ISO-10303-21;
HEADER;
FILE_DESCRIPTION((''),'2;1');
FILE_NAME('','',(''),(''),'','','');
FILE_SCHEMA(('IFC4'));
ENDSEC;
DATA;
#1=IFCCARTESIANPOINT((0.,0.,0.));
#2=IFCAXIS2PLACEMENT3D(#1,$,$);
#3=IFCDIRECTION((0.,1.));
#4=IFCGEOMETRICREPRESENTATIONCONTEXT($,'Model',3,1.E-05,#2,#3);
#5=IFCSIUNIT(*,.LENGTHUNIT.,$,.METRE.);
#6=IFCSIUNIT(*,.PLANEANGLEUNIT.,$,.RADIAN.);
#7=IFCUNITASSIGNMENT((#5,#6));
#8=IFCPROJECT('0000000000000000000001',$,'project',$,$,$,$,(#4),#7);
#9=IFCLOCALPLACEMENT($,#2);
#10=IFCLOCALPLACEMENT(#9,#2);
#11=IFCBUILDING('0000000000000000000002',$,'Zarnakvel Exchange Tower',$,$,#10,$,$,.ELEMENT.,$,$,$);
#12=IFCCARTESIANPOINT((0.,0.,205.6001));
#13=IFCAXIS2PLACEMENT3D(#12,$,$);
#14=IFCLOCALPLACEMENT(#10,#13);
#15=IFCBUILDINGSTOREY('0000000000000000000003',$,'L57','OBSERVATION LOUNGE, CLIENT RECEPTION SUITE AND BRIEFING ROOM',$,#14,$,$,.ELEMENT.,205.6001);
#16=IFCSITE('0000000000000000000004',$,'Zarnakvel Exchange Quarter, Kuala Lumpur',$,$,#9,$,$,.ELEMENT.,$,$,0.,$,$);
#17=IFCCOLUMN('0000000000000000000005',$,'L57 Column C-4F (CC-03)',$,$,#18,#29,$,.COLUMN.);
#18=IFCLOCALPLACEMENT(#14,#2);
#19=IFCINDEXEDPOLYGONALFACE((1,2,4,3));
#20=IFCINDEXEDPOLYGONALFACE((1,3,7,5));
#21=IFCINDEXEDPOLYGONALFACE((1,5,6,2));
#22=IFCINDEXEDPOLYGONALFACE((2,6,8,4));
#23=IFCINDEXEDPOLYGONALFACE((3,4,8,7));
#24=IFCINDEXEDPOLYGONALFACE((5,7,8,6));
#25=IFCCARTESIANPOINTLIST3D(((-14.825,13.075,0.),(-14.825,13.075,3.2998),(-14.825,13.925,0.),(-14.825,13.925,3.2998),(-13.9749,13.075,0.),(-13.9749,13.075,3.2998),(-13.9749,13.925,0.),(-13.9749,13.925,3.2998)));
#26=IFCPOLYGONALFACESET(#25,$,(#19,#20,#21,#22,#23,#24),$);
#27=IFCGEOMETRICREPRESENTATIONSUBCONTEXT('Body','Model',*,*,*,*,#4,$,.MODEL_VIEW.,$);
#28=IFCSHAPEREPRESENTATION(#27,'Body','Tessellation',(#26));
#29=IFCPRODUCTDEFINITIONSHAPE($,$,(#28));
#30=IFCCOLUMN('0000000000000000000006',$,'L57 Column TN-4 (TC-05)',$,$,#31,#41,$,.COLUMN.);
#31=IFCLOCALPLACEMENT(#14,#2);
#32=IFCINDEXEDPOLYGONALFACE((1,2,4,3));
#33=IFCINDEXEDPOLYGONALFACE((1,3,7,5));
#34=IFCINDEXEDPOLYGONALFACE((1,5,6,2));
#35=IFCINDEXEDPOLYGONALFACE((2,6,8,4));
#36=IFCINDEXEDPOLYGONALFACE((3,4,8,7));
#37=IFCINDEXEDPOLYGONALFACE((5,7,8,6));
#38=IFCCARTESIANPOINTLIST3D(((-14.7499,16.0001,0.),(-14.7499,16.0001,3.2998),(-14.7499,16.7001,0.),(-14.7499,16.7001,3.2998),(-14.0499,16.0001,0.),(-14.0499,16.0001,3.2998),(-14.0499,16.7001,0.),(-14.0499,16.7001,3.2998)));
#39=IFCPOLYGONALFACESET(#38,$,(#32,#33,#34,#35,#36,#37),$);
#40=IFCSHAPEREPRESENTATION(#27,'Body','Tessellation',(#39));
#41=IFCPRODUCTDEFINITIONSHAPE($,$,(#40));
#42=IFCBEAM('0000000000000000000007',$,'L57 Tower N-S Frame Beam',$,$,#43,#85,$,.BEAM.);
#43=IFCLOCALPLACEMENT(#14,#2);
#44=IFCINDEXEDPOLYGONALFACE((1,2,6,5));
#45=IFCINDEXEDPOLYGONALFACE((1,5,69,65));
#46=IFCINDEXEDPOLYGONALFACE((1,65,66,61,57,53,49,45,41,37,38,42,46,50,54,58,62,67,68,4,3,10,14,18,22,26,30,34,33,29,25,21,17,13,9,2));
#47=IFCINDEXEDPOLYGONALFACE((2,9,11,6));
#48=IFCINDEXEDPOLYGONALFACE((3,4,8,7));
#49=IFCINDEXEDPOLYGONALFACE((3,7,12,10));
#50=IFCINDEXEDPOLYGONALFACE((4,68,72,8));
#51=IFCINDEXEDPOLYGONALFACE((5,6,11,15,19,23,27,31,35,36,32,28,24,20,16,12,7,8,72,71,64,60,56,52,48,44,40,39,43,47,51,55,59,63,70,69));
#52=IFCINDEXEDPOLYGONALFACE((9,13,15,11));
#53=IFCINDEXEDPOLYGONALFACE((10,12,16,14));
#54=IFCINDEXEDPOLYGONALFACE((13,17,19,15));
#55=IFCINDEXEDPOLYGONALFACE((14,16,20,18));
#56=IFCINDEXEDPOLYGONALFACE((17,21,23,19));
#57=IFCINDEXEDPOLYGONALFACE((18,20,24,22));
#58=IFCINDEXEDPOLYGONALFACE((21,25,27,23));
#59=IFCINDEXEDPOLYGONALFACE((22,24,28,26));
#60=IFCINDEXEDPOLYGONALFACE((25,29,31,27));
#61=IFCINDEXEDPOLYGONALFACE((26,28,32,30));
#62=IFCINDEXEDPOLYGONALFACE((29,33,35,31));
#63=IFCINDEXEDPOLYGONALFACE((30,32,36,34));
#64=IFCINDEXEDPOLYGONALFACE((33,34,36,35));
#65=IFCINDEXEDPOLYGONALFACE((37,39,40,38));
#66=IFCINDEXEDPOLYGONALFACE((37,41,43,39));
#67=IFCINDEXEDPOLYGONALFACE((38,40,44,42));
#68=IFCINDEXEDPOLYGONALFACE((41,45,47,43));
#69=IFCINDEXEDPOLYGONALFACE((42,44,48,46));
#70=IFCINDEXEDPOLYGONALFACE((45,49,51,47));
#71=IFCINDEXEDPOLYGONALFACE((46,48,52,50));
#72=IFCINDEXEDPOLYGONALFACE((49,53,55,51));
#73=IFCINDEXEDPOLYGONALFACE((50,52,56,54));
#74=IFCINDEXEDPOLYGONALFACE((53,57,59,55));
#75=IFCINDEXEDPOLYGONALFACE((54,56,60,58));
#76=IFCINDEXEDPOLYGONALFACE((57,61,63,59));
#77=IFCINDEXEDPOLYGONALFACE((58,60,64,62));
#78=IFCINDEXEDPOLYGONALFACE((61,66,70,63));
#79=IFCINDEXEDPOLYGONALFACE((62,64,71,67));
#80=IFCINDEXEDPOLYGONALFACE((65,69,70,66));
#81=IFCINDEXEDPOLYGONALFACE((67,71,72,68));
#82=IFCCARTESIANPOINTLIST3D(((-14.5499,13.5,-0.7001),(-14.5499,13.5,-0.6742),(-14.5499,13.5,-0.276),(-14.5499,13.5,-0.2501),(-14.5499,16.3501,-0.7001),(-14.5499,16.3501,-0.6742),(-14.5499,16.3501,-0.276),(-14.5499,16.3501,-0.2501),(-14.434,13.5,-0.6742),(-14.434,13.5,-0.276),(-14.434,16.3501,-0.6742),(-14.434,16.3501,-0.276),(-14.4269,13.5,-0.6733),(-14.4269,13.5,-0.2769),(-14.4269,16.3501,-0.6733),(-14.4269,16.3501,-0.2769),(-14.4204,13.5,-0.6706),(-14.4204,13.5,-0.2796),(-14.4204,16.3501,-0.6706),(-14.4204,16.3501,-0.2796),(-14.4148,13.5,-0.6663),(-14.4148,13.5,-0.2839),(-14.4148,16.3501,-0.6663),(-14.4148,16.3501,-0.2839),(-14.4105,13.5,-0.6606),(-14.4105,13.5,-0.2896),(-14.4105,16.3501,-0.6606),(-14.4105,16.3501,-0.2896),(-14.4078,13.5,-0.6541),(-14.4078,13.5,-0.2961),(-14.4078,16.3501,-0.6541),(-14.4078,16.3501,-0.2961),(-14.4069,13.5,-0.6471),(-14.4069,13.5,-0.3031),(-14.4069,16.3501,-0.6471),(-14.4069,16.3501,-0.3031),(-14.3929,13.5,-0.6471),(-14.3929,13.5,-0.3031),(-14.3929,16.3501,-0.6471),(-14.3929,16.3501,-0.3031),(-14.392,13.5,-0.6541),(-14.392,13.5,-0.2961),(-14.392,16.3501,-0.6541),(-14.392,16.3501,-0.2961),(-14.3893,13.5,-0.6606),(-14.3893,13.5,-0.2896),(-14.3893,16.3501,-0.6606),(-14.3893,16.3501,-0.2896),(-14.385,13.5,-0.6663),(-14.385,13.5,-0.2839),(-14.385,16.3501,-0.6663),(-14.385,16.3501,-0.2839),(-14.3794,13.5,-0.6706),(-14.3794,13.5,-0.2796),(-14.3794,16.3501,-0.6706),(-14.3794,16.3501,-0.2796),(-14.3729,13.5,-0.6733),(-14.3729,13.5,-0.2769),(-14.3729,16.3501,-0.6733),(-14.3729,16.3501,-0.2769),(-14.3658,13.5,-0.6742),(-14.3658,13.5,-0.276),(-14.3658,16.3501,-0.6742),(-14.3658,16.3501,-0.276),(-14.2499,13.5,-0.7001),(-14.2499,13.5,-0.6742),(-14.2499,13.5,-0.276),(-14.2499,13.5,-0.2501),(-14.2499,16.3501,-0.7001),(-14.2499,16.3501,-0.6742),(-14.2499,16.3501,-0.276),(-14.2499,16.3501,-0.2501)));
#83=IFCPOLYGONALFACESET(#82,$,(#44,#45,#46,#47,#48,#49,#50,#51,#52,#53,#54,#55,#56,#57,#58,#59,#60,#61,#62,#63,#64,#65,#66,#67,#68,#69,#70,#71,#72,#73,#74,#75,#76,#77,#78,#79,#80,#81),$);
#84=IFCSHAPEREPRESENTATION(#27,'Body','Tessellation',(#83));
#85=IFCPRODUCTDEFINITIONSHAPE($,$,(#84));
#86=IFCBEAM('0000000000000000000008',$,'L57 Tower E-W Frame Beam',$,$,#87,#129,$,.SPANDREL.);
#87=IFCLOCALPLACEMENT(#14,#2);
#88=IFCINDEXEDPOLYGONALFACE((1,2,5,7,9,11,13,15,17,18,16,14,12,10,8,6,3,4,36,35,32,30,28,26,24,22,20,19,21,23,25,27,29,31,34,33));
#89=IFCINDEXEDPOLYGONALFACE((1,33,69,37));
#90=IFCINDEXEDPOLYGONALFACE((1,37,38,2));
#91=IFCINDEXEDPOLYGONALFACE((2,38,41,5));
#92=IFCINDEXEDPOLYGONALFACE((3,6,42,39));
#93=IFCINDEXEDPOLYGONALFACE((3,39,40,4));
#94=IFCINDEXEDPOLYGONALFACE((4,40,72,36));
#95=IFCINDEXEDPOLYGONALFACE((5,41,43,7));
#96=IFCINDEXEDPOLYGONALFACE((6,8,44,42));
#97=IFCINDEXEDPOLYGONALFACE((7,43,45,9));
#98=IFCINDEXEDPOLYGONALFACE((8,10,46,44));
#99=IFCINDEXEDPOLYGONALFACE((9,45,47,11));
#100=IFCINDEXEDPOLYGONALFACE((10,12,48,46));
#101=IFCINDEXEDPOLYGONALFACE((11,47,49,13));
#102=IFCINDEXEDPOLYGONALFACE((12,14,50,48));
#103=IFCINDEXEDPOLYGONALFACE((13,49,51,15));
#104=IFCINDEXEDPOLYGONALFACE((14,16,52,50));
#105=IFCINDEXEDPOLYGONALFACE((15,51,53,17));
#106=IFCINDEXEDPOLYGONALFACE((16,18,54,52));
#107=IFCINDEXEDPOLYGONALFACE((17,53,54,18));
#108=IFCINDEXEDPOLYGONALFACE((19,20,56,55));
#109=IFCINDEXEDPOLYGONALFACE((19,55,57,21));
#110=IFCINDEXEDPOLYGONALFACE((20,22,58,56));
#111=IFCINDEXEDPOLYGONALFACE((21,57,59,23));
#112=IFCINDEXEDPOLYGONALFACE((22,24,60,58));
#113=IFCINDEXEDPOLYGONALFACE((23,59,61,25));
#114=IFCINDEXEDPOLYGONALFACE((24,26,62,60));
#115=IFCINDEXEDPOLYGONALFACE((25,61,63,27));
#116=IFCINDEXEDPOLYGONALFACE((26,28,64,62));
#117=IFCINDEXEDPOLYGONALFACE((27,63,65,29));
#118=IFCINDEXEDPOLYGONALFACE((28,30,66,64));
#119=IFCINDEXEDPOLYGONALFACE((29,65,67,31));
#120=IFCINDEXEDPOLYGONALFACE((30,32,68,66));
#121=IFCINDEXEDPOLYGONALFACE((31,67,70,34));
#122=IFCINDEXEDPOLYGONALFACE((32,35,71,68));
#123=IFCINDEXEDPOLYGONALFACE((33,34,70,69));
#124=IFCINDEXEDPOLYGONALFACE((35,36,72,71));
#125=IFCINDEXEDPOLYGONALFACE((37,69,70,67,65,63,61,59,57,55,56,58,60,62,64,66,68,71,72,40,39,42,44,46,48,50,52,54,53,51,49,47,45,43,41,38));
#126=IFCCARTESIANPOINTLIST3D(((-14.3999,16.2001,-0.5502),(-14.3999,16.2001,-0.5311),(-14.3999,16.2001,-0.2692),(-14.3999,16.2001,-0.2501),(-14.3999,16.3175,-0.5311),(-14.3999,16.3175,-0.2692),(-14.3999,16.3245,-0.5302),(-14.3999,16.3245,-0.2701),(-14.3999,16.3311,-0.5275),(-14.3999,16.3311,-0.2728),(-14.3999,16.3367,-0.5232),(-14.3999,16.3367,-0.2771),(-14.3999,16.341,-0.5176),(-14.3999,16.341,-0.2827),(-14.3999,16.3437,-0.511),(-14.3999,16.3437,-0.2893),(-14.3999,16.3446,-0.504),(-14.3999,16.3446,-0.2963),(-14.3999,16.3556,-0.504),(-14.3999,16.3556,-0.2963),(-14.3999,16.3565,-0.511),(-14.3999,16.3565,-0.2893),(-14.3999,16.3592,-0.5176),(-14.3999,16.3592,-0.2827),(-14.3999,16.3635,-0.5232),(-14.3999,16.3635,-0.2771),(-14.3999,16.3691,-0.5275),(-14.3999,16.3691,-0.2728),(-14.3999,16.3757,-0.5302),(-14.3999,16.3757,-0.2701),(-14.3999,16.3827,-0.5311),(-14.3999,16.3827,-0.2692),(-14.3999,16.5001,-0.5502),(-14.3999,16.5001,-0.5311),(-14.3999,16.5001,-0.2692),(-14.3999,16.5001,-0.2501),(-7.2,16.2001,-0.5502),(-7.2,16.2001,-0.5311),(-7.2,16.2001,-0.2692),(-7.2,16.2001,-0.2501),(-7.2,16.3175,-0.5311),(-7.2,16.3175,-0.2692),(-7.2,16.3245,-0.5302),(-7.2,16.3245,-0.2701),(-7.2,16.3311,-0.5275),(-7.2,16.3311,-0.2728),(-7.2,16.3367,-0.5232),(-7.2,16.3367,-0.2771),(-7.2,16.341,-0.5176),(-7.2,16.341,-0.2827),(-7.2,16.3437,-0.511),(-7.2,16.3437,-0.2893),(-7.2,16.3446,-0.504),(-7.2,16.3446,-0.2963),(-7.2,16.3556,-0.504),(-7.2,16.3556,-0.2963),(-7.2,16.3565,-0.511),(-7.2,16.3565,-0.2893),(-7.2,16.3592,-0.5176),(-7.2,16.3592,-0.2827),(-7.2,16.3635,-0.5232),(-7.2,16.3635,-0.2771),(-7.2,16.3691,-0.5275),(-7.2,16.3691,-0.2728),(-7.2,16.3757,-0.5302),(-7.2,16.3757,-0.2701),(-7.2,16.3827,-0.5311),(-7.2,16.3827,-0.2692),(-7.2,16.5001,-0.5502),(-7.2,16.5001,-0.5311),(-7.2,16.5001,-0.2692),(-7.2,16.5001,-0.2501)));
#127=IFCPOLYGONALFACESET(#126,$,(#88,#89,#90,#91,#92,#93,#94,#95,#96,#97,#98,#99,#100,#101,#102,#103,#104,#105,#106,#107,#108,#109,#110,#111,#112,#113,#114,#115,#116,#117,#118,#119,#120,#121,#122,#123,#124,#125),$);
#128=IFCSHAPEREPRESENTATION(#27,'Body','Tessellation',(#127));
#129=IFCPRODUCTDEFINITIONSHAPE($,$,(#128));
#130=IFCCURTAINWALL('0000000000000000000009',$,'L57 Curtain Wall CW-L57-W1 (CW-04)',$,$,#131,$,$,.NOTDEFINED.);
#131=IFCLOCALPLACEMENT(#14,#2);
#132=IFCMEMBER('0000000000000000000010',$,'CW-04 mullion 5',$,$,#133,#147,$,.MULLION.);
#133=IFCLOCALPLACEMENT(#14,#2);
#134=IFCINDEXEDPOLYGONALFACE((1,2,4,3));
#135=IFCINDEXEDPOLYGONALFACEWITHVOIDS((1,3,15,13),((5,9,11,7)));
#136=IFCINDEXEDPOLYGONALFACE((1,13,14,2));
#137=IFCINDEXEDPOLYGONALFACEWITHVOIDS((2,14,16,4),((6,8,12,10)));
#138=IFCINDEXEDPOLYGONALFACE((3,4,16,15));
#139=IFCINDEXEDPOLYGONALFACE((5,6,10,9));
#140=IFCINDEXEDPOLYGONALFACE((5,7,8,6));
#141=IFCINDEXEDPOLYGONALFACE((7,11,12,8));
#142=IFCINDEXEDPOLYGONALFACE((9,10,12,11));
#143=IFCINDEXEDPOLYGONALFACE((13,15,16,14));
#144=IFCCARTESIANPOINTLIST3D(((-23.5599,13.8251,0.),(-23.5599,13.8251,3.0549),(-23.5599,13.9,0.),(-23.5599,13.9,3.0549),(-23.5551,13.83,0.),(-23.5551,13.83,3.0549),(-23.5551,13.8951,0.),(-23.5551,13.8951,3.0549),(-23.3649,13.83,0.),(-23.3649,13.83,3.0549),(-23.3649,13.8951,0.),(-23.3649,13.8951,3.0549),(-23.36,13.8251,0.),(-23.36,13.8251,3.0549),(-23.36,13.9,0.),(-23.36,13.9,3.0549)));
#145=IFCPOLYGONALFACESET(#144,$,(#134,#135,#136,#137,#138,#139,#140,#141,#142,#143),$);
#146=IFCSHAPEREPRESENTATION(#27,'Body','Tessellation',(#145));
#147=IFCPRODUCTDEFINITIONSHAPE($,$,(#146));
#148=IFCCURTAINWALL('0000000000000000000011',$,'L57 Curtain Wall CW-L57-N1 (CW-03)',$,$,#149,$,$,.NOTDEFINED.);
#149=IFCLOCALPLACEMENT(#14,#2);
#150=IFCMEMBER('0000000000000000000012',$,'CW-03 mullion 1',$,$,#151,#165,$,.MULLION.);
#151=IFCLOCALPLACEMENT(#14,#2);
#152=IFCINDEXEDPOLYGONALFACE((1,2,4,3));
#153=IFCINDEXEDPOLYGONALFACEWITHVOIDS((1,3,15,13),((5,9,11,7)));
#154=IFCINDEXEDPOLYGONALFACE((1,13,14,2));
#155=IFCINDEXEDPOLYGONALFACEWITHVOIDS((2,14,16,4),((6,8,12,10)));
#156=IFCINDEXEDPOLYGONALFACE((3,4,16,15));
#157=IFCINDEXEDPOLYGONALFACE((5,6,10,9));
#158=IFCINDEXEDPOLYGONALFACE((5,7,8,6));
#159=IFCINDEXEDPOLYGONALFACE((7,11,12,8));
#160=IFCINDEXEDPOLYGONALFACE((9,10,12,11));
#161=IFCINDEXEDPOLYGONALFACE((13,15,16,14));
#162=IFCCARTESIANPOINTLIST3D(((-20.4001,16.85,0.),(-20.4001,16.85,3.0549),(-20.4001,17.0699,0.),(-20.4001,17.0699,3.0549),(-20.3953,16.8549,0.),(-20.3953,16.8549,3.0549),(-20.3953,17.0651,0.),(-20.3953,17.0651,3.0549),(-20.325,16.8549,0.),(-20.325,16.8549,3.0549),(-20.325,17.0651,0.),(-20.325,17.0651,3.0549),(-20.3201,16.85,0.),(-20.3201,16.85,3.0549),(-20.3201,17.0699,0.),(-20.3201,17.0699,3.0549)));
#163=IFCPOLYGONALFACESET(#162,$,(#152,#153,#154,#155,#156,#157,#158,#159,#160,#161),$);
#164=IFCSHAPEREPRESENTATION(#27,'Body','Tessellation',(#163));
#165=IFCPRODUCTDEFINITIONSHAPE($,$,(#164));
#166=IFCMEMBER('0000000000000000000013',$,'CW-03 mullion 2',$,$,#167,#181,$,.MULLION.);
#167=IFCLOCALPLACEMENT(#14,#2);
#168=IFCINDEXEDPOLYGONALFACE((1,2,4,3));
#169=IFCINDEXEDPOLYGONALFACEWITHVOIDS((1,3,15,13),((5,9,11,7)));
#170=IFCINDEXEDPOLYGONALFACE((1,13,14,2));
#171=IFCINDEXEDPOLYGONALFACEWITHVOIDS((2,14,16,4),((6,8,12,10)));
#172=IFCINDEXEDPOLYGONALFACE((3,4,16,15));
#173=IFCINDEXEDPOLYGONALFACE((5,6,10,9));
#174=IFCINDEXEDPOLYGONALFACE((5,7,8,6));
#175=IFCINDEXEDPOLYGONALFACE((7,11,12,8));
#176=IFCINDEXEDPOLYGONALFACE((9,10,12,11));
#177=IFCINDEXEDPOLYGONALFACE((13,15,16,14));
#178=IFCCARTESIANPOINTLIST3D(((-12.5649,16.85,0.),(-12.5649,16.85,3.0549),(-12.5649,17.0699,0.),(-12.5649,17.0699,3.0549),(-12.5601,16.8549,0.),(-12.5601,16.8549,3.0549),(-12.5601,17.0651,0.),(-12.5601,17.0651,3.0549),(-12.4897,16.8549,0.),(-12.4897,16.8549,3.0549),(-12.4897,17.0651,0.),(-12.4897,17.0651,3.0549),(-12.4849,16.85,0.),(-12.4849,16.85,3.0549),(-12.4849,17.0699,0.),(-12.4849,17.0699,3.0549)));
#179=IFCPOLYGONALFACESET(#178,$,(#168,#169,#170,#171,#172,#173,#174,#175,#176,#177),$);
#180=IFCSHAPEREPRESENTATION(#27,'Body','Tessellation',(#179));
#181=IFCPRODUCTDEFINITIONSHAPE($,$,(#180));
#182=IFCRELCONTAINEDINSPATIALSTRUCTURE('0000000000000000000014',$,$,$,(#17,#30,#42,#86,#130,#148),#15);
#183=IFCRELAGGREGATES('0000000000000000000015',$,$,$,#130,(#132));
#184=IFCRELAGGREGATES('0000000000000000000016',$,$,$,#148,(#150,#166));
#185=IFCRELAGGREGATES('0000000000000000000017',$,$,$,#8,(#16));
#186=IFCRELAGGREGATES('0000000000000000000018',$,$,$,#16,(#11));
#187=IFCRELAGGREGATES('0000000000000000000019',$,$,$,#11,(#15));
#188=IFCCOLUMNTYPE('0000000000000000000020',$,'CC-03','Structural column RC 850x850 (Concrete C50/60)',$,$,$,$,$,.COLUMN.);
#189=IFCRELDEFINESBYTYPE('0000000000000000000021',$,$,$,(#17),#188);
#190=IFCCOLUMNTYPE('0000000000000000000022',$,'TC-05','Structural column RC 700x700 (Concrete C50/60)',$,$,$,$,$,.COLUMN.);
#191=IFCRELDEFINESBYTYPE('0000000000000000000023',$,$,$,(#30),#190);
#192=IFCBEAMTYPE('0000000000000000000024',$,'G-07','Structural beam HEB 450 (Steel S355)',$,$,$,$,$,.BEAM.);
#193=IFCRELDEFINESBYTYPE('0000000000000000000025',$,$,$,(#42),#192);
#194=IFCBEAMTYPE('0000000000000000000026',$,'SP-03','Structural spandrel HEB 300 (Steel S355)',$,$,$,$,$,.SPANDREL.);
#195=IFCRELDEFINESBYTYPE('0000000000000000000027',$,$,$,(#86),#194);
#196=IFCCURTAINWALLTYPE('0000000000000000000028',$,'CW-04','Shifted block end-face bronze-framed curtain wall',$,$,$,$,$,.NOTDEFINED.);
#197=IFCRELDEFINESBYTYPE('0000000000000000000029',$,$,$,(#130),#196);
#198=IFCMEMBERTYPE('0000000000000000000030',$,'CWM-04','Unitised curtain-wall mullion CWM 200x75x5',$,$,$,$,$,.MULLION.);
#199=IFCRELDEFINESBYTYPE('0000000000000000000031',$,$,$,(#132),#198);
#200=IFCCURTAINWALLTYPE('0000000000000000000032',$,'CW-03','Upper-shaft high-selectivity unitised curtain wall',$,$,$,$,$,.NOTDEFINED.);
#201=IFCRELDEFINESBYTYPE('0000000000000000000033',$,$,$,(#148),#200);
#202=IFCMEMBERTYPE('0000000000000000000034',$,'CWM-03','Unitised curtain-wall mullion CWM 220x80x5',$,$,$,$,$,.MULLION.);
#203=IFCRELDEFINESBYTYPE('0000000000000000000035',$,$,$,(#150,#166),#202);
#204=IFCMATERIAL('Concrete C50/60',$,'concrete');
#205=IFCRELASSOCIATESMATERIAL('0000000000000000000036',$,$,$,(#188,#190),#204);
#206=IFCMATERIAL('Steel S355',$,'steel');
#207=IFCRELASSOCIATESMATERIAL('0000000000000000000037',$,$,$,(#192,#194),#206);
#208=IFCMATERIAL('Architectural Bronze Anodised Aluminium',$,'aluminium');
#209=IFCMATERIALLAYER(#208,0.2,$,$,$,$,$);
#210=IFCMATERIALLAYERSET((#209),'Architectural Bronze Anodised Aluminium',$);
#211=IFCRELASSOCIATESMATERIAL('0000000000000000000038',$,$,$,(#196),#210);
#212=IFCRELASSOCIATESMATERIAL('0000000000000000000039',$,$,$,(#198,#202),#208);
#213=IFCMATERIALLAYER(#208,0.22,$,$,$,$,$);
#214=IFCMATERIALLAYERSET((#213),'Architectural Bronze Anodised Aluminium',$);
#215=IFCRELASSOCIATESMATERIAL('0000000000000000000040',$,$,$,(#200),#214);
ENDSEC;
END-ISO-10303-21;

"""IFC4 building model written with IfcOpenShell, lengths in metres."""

from ifc_helpers import new_model, si_unit, direction, frame, origin, origin_2d, place, context, subcontext, project, spatial, rectangle, hollow_rectangle, i_section, extrude, source, transform, mapped, material, layer, layer_set, material_profile, profile_set, type_object, element, aggregate, save


model = new_model("IFC4")

# Units and contexts
model_context = context("Model", 3, precision=1e-05, world=origin(), true_north=direction((0.0, 1.0)))
body_context = subcontext(model_context, "Body", "Model", "MODEL_VIEW")
ifc_project = project(units=[si_unit("LENGTHUNIT", "METRE"), si_unit("PLANEANGLEUNIT", "RADIAN")], contexts=[model_context])

# Site, building, storey
site_placement = place(None, origin())
site = spatial("IfcSite", under=ifc_project, at=site_placement, Name="Zarnakvel Exchange Quarter, Kuala Lumpur", CompositionType="ELEMENT", RefElevation=0.0)
building_placement = place(site_placement, origin())
building = spatial("IfcBuilding", under=site, at=building_placement, Name="Zarnakvel Exchange Tower", CompositionType="ELEMENT")
storey_placement = place(building_placement, frame((0.0, 0.0, 205.6001)))
storey = spatial("IfcBuildingStorey", under=building, at=storey_placement, Name="L57", Description="OBSERVATION LOUNGE, CLIENT RECEPTION SUITE AND BRIEFING ROOM", CompositionType="ELEMENT", Elevation=205.6001)

# Columns
ifc_material_1 = material(Name="Concrete C50/60", Category="concrete")
ifc_material_profile_1 = material_profile(ifc_material_1, rectangle(XDim=0.8501, YDim=0.8501, at=origin_2d()))
ifc_profile_set_1 = profile_set([ifc_material_profile_1], Name="Concrete C50/60")
column_type_1 = type_object("IfcColumnType", Name="CC-03", Description="Structural column RC 850x850 (Concrete C50/60)", PredefinedType="COLUMN", material=ifc_profile_set_1)
column_1_placement = place(storey_placement, frame((-14.3999, 13.5, 0.0), z_axis=(0.0, 0.0, 1.0), x_axis=(1.0, 0.0, 0.0)))
element("IfcColumn", 1, at=column_1_placement, inside=storey, type_object=column_type_1, Name="L57 Column C-4F (CC-03)", PredefinedType="COLUMN", context=body_context, shape_type="SweptSolid", body=[
    extrude(rectangle(XDim=0.8501, YDim=0.8501, at=origin_2d()), origin(), (0.0, 0.0, 1.0), 3.2998),
])
ifc_material_profile_2 = material_profile(ifc_material_1, rectangle(XDim=0.7, YDim=0.7, at=origin_2d()))
ifc_profile_set_2 = profile_set([ifc_material_profile_2], Name="Concrete C50/60")
column_type_2 = type_object("IfcColumnType", Name="TC-05", Description="Structural column RC 700x700 (Concrete C50/60)", PredefinedType="COLUMN", material=ifc_profile_set_2)
column_2_placement = place(storey_placement, frame((-14.3999, 16.3501, 0.0), z_axis=(0.0, 0.0, 1.0), x_axis=(1.0, 0.0, 0.0)))
element("IfcColumn", 2, at=column_2_placement, inside=storey, type_object=column_type_2, Name="L57 Column TN-4 (TC-05)", PredefinedType="COLUMN", context=body_context, shape_type="SweptSolid", body=[
    extrude(rectangle(XDim=0.7, YDim=0.7, at=origin_2d()), origin(), (0.0, 0.0, 1.0), 3.2998),
])

# Beams
ifc_material_2 = material(Name="Steel S355", Category="steel")
ifc_material_profile_3 = material_profile(ifc_material_2, i_section(OverallWidth=0.3, OverallDepth=0.45, WebThickness=0.0139, FlangeThickness=0.0259, FilletRadius=0.0271, at=origin_2d()))
ifc_profile_set_3 = profile_set([ifc_material_profile_3], Name="Steel S355")
beam_type_1 = type_object("IfcBeamType", Name="G-07", Description="Structural beam HEB 450 (Steel S355)", PredefinedType="BEAM", material=ifc_profile_set_3)
beam_1_placement = place(storey_placement, frame((-14.3999, 13.5, -0.4751), z_axis=(0.0, 1.0, 0.0), x_axis=(-1.0, 0.0, 0.0)))
element("IfcBeam", 3, at=beam_1_placement, inside=storey, type_object=beam_type_1, Name="L57 Tower N-S Frame Beam", PredefinedType="BEAM", context=body_context, shape_type="SweptSolid", body=[
    extrude(i_section(OverallWidth=0.3, OverallDepth=0.45, WebThickness=0.0139, FlangeThickness=0.0259, FilletRadius=0.0271, at=origin_2d()), origin(), (0.0, 0.0, 1.0), 2.8501),
])
ifc_material_profile_4 = material_profile(ifc_material_2, i_section(OverallWidth=0.3, OverallDepth=0.3, WebThickness=0.011, FlangeThickness=0.019, FilletRadius=0.0271, at=origin_2d()))
ifc_profile_set_4 = profile_set([ifc_material_profile_4], Name="Steel S355")
beam_type_2 = type_object("IfcBeamType", Name="SP-03", Description="Structural spandrel HEB 300 (Steel S355)", PredefinedType="SPANDREL", material=ifc_profile_set_4)
beam_2_placement = place(storey_placement, frame((-14.3999, 16.3501, -0.4001), z_axis=(1.0, 0.0, 0.0), x_axis=(0.0, 1.0, 0.0)))
element("IfcBeam", 4, at=beam_2_placement, inside=storey, type_object=beam_type_2, Name="L57 Tower E-W Frame Beam", PredefinedType="SPANDREL", context=body_context, shape_type="SweptSolid", body=[
    extrude(i_section(OverallWidth=0.3, OverallDepth=0.3, WebThickness=0.011, FlangeThickness=0.019, FilletRadius=0.0271, at=origin_2d()), origin(), (0.0, 0.0, 1.0), 7.2),
])

# Curtain wall, member
ifc_material_3 = material(Name="Architectural Bronze Anodised Aluminium", Category="aluminium")
ifc_layer_1 = layer(ifc_material_3, 0.2)
ifc_layer_set_1 = layer_set([ifc_layer_1], Name="Architectural Bronze Anodised Aluminium")
curtain_wall_type_1 = type_object("IfcCurtainWallType", Name="CW-04", Description="Shifted block end-face bronze-framed curtain wall", PredefinedType="NOTDEFINED", material=ifc_layer_set_1)
curtain_wall_1_placement = place(storey_placement, origin())
curtain_wall_1 = element("IfcCurtainWall", 5, at=curtain_wall_1_placement, inside=storey, type_object=curtain_wall_type_1, Name="L57 Curtain Wall CW-L57-W1 (CW-04)", PredefinedType="NOTDEFINED")
ifc_material_profile_5 = material_profile(ifc_material_3, hollow_rectangle(XDim=0.2, YDim=0.075, WallThickness=0.0049, at=origin_2d()))
ifc_profile_set_5 = profile_set([ifc_material_profile_5], Name="Architectural Bronze Anodised Aluminium")
member_type_1 = type_object("IfcMemberType", Name="CWM-04", Description="Unitised curtain-wall mullion CWM 200x75x5", PredefinedType="MULLION", material=ifc_profile_set_5)
shared_shape_1 = source(origin(), body_context, "Body", "SweptSolid", [
    extrude(hollow_rectangle(XDim=0.2, YDim=0.075, WallThickness=0.0049, at=origin_2d()), origin(), (0.0, 0.0, 1.0), 3.0549),
])
member_1_placement = place(storey_placement, frame((-23.46, 13.8625, 0.0), z_axis=(0.0, 0.0, 1.0), x_axis=(-1.0, 0.0, 0.0)))
member_1 = element("IfcMember", 6, at=member_1_placement, type_object=member_type_1, Name="CW-04 mullion 5", PredefinedType="MULLION", context=body_context, shape_type="MappedRepresentation", body=[
    mapped(shared_shape_1, transform((0.0, 0.0, 0.0), x_axis=(1.0, 0.0, 0.0), y_axis=(0.0, 1.0, 0.0), z_axis=(0.0, 0.0, 1.0), scale=1.0)),
])
aggregate(curtain_wall_1, [member_1])

# Curtain wall, members
ifc_layer_2 = layer(ifc_material_3, 0.22)
ifc_layer_set_2 = layer_set([ifc_layer_2], Name="Architectural Bronze Anodised Aluminium")
curtain_wall_type_2 = type_object("IfcCurtainWallType", Name="CW-03", Description="Upper-shaft high-selectivity unitised curtain wall", PredefinedType="NOTDEFINED", material=ifc_layer_set_2)
curtain_wall_2_placement = place(storey_placement, origin())
curtain_wall_2 = element("IfcCurtainWall", 7, at=curtain_wall_2_placement, inside=storey, type_object=curtain_wall_type_2, Name="L57 Curtain Wall CW-L57-N1 (CW-03)", PredefinedType="NOTDEFINED")
ifc_material_profile_6 = material_profile(ifc_material_3, hollow_rectangle(XDim=0.22, YDim=0.0801, WallThickness=0.0049, at=origin_2d()))
ifc_profile_set_6 = profile_set([ifc_material_profile_6], Name="Architectural Bronze Anodised Aluminium")
member_type_2 = type_object("IfcMemberType", Name="CWM-03", Description="Unitised curtain-wall mullion CWM 220x80x5", PredefinedType="MULLION", material=ifc_profile_set_6)
shared_shape_2 = source(origin(), body_context, "Body", "SweptSolid", [
    extrude(hollow_rectangle(XDim=0.22, YDim=0.0801, WallThickness=0.0049, at=origin_2d()), origin(), (0.0, 0.0, 1.0), 3.0549),
])
member_2_placement = place(storey_placement, frame((-20.3601, 16.96, 0.0), z_axis=(0.0, 0.0, 1.0), x_axis=(0.0, 1.0, 0.0)))
member_2 = element("IfcMember", 8, at=member_2_placement, type_object=member_type_2, Name="CW-03 mullion 1", PredefinedType="MULLION", context=body_context, shape_type="MappedRepresentation", body=[
    mapped(shared_shape_2, transform((0.0, 0.0, 0.0), x_axis=(1.0, 0.0, 0.0), y_axis=(0.0, 1.0, 0.0), z_axis=(0.0, 0.0, 1.0), scale=1.0)),
])
member_3_placement = place(storey_placement, frame((-12.5249, 16.96, 0.0), z_axis=(0.0, 0.0, 1.0), x_axis=(0.0, 1.0, 0.0)))
member_3 = element("IfcMember", 9, at=member_3_placement, type_object=member_type_2, Name="CW-03 mullion 2", PredefinedType="MULLION", context=body_context, shape_type="MappedRepresentation", body=[
    mapped(shared_shape_2, transform((0.0, 0.0, 0.0), x_axis=(1.0, 0.0, 0.0), y_axis=(0.0, 1.0, 0.0), z_axis=(0.0, 0.0, 1.0), scale=1.0)),
])
aggregate(curtain_wall_2, [member_2, member_3])

save(model, "model.ifc")
